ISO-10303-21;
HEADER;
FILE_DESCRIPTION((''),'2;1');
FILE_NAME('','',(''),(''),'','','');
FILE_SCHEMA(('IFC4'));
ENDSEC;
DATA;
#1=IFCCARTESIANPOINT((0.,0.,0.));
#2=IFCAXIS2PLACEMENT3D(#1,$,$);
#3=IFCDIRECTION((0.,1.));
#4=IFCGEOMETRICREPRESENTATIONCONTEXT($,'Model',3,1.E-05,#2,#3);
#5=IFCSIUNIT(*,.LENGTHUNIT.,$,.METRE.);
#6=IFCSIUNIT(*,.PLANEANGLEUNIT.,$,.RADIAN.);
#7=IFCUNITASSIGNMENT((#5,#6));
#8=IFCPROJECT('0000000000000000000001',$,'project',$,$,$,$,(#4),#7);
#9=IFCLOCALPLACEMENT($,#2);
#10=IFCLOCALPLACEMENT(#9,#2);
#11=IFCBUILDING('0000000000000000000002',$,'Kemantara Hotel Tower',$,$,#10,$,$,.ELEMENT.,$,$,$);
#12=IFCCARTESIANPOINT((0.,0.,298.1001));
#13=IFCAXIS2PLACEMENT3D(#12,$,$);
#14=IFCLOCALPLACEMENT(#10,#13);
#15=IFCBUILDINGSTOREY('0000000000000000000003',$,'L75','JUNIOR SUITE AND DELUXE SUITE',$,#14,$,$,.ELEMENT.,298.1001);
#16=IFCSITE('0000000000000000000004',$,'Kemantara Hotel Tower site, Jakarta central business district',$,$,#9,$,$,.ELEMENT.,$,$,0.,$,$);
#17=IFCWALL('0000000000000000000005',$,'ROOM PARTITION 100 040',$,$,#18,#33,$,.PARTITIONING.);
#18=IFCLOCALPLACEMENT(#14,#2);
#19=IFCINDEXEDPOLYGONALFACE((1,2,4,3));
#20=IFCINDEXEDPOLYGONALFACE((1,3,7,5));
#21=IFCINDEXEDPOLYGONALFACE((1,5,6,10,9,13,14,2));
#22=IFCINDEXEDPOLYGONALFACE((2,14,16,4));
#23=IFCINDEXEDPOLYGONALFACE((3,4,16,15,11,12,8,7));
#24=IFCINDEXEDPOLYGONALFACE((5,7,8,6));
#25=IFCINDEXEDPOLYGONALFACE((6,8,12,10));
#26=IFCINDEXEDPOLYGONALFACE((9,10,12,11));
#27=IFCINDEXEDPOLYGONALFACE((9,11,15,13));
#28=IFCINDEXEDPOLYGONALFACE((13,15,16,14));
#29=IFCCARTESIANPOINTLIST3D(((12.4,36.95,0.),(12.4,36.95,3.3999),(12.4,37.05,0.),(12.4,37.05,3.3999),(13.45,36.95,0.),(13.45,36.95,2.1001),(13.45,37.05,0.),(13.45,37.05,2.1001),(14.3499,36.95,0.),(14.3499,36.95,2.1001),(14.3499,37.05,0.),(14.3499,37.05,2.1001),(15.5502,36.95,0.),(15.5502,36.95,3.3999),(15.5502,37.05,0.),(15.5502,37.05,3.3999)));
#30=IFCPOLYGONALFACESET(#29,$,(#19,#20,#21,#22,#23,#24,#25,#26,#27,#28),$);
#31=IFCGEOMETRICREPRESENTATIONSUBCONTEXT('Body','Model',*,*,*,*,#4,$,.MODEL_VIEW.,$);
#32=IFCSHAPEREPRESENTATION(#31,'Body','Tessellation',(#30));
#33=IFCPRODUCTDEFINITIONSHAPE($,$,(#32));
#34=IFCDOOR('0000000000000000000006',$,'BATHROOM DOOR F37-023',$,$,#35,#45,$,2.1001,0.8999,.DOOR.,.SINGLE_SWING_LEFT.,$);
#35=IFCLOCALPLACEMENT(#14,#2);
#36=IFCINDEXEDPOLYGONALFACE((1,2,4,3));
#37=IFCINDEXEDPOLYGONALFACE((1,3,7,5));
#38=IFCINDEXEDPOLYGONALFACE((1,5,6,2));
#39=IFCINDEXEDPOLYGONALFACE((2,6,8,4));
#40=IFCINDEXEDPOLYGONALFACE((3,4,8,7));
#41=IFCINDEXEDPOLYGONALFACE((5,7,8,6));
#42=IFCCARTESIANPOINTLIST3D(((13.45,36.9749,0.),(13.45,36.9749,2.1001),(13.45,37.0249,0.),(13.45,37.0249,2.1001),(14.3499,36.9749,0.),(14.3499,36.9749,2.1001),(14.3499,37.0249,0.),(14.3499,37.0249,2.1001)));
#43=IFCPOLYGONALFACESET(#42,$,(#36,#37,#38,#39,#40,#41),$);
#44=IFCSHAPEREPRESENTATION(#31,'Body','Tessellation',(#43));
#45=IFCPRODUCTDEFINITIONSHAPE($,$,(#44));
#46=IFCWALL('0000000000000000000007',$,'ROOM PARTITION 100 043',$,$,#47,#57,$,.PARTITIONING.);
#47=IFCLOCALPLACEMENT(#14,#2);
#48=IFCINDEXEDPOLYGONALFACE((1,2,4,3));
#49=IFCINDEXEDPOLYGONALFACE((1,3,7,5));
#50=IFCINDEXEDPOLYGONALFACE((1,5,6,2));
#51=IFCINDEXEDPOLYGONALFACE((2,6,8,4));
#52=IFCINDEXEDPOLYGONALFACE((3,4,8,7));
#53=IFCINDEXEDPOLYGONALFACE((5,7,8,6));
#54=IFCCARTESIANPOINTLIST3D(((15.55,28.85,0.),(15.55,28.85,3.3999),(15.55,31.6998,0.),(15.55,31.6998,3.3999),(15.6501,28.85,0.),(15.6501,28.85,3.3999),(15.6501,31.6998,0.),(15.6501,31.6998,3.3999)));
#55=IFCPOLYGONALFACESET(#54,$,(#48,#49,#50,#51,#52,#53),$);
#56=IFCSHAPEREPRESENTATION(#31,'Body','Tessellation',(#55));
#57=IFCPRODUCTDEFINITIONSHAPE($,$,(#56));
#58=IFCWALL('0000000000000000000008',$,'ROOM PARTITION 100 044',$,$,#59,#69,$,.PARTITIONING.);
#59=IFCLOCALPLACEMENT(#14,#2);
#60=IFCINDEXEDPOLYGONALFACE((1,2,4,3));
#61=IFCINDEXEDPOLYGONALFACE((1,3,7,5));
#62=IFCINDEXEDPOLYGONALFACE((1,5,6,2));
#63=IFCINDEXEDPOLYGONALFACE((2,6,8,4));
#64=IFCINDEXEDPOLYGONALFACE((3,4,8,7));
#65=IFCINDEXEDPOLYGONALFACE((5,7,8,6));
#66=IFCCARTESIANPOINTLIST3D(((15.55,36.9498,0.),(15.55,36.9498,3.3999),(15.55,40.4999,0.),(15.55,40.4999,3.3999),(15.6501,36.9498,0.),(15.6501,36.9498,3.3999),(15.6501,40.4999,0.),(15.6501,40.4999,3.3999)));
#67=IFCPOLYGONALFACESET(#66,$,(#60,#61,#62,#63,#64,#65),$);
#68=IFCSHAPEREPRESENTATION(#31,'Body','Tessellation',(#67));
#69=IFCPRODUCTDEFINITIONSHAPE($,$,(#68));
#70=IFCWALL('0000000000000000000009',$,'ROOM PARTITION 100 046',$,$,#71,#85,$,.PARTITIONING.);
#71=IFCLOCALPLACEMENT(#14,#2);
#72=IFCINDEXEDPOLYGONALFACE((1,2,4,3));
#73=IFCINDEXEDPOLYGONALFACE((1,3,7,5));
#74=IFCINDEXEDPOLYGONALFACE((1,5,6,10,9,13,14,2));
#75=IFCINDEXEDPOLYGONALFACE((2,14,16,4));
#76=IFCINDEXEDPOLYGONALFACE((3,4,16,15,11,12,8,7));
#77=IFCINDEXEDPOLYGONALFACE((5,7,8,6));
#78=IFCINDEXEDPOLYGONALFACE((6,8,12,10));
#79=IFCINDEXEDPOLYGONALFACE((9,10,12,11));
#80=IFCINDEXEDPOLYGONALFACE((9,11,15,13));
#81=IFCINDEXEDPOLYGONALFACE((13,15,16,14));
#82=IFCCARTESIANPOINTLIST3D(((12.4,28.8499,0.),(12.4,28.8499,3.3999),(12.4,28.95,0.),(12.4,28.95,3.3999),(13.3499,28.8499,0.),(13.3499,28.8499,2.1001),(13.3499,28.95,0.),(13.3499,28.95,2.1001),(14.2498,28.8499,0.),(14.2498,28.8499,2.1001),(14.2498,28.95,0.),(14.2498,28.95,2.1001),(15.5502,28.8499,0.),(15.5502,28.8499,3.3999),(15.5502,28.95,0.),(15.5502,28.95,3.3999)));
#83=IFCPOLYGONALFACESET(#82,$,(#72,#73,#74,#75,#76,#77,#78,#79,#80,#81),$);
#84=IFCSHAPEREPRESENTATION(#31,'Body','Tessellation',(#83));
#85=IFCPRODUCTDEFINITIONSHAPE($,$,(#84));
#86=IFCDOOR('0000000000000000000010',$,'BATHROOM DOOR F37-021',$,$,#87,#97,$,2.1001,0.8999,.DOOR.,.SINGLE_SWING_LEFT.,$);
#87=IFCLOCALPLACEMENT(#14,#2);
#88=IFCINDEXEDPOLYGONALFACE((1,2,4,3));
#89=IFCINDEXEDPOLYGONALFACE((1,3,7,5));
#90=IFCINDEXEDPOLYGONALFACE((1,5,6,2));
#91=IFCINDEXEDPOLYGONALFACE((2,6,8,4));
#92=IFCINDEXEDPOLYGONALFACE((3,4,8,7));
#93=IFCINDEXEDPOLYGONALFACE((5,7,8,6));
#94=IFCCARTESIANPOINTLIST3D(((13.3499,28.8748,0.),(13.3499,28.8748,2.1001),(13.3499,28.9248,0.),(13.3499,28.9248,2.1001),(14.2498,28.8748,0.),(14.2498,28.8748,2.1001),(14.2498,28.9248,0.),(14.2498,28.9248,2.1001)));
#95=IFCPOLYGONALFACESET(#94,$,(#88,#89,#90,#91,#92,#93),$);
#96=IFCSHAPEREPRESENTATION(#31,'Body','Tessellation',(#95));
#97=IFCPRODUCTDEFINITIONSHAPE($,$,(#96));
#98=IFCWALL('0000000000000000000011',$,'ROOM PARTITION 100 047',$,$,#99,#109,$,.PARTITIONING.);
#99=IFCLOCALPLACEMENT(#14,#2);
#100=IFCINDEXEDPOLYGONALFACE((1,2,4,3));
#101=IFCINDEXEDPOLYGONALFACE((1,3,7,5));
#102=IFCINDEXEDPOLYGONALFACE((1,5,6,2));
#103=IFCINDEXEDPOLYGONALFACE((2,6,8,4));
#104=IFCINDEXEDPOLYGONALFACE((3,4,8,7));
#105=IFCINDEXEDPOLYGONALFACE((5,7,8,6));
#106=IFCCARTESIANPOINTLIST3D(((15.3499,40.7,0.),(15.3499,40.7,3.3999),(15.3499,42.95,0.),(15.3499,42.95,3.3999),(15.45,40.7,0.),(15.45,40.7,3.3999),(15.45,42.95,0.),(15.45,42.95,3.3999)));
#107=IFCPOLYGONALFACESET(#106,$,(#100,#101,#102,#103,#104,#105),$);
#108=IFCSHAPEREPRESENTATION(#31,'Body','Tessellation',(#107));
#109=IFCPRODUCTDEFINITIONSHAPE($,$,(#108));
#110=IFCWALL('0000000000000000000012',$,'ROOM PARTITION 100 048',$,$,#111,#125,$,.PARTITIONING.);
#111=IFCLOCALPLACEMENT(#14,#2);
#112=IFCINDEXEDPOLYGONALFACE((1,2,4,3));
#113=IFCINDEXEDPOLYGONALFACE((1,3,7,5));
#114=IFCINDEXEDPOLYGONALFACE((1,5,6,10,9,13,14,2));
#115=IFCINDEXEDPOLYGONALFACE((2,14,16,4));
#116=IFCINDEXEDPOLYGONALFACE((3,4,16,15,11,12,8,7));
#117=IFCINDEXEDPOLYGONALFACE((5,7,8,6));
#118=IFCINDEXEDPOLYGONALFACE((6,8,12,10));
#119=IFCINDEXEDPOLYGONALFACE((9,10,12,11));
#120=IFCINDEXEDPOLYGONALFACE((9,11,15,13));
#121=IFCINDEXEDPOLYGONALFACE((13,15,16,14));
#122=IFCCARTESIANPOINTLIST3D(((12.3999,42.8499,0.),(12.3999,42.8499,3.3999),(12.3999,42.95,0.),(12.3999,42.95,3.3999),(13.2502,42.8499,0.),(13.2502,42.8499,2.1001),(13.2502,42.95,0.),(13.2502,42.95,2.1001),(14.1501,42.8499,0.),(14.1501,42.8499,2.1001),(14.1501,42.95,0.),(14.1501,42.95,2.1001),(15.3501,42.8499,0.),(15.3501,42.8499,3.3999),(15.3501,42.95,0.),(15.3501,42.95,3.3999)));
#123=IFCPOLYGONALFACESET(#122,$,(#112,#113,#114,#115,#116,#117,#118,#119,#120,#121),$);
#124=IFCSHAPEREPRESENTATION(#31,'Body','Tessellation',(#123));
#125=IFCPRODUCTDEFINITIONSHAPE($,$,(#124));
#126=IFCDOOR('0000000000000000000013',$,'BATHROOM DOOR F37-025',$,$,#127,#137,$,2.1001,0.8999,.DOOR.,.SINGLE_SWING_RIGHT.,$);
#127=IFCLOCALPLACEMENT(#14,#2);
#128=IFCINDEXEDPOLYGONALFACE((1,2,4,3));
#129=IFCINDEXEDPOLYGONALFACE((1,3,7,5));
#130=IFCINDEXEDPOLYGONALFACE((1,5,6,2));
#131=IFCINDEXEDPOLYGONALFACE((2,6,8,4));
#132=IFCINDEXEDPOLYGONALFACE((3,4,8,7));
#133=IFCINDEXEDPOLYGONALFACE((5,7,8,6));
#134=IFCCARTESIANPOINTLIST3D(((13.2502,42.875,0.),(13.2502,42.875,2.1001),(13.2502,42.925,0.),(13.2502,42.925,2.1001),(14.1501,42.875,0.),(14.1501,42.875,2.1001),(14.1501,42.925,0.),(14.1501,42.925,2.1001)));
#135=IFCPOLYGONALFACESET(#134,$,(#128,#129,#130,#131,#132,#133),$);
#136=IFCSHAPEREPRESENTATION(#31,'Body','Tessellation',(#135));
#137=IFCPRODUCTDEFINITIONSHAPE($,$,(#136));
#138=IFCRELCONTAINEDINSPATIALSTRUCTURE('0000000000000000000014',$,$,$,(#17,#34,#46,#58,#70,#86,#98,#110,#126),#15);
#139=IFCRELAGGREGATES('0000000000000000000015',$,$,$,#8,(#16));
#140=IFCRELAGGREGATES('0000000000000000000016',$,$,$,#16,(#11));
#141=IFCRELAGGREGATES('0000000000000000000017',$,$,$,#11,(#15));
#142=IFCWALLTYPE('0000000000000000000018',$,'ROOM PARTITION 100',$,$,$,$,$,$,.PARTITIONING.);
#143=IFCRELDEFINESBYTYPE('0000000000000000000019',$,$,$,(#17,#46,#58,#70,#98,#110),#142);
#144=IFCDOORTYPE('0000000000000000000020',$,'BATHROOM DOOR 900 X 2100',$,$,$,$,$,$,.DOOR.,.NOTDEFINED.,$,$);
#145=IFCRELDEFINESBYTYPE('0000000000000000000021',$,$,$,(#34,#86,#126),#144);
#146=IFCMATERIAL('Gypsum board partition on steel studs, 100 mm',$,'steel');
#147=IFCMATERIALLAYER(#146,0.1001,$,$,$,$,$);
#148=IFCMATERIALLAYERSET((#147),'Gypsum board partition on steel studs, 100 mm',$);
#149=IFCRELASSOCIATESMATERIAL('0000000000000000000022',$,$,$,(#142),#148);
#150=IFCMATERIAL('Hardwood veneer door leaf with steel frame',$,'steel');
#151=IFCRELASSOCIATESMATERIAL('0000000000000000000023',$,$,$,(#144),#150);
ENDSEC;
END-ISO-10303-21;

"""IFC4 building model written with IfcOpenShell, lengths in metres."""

from ifc_helpers import new_model, si_unit, direction, frame, frame_2d, origin, place, context, subcontext, project, spatial, rectangle, extrude, material, layer, layer_set, type_object, element, fill, save


model = new_model("IFC4")

# Units and contexts
model_context = context("Model", 3, precision=1e-05, world=origin(), true_north=direction((0.0, 1.0)))
body_context = subcontext(model_context, "Body", "Model", "MODEL_VIEW")
ifc_project = project(units=[si_unit("LENGTHUNIT", "METRE"), si_unit("PLANEANGLEUNIT", "RADIAN")], contexts=[model_context])

# Site, building, storey
site_placement = place(None, origin())
site = spatial("IfcSite", under=ifc_project, at=site_placement, Name="Kemantara Hotel Tower site, Jakarta central business district", CompositionType="ELEMENT", RefElevation=0.0)
building_placement = place(site_placement, origin())
building = spatial("IfcBuilding", under=site, at=building_placement, Name="Kemantara Hotel Tower", CompositionType="ELEMENT")
storey_placement = place(building_placement, frame((0.0, 0.0, 298.1001)))
storey = spatial("IfcBuildingStorey", under=building, at=storey_placement, Name="L75", Description="JUNIOR SUITE AND DELUXE SUITE", CompositionType="ELEMENT", Elevation=298.1001)

# Shared definitions
ifc_material_1 = material(Name="Hardwood veneer door leaf with steel frame", Category="steel")

# Wall, opening, door
ifc_material_2 = material(Name="Gypsum board partition on steel studs, 100 mm", Category="steel")
ifc_layer_1 = layer(ifc_material_2, 0.1001)
ifc_layer_set_1 = layer_set([ifc_layer_1], Name="Gypsum board partition on steel studs, 100 mm")
wall_type_1 = type_object("IfcWallType", Name="ROOM PARTITION 100", PredefinedType="PARTITIONING", material=ifc_layer_set_1)
wall_1_placement = place(storey_placement, frame((12.3999, 37.0, 0.0), z_axis=(0.0, 0.0, 1.0), x_axis=(1.0, 0.0, 0.0)))
wall_1 = element("IfcWall", 1, at=wall_1_placement, inside=storey, type_object=wall_type_1, Name="ROOM PARTITION 100 040", PredefinedType="PARTITIONING", context=body_context, shape_type="SweptSolid", body=[
    extrude(rectangle(XDim=3.1501, YDim=0.1001, at=frame_2d((1.5752, 0.0))), origin(), (0.0, 0.0, 1.0), 3.3999),
])
opening_1_placement = place(wall_1_placement, frame((1.05, 0.0, 0.0)))
opening_1 = element("IfcOpeningElement", 2, at=opening_1_placement, cuts=wall_1, PredefinedType="OPENING", context=body_context, shape_type="SweptSolid", body=[
    extrude(rectangle(XDim=0.8999, YDim=2.1001, at=frame_2d((0.45, 1.05))), frame((0.0, 0.0601, 0.0), z_axis=(0.0, -1.0, 0.0), x_axis=(1.0, 0.0, 0.0)), (0.0, 0.0, 1.0), 0.1201),
])
door_type_1 = type_object("IfcDoorType", Name="BATHROOM DOOR 900 X 2100", OperationType="NOTDEFINED", PredefinedType="DOOR", material=ifc_material_1)
door_1_placement = place(opening_1_placement, origin())
door_1 = element("IfcDoor", 3, at=door_1_placement, inside=storey, type_object=door_type_1, Name="BATHROOM DOOR F37-023", OperationType="SINGLE_SWING_LEFT", OverallHeight=2.1001, OverallWidth=0.8999, PredefinedType="DOOR", context=body_context, shape_type="SweptSolid", body=[
    extrude(rectangle(XDim=0.8999, YDim=2.1001, at=frame_2d((0.45, 1.05))), frame((0.0, 0.0249, 0.0), z_axis=(0.0, -1.0, 0.0), x_axis=(1.0, 0.0, 0.0)), (0.0, 0.0, 1.0), 0.05),
])
fill(opening_1, door_1)

# Walls
wall_2_placement = place(storey_placement, frame((15.6001, 28.8501, 0.0), z_axis=(0.0, 0.0, 1.0), x_axis=(0.0, 1.0, 0.0)))
element("IfcWall", 4, at=wall_2_placement, inside=storey, type_object=wall_type_1, Name="ROOM PARTITION 100 043", PredefinedType="PARTITIONING", context=body_context, shape_type="SweptSolid", body=[
    extrude(rectangle(XDim=2.8499, YDim=0.1001, at=frame_2d((1.4248, 0.0))), origin(), (0.0, 0.0, 1.0), 3.3999),
])
wall_3_placement = place(storey_placement, frame((15.6001, 36.95, 0.0), z_axis=(0.0, 0.0, 1.0), x_axis=(0.0, 1.0, 0.0)))
element("IfcWall", 5, at=wall_3_placement, inside=storey, type_object=wall_type_1, Name="ROOM PARTITION 100 044", PredefinedType="PARTITIONING", context=body_context, shape_type="SweptSolid", body=[
    extrude(rectangle(XDim=3.55, YDim=0.1001, at=frame_2d((1.7749, 0.0))), origin(), (0.0, 0.0, 1.0), 3.3999),
])

# Wall, opening, door
wall_4_placement = place(storey_placement, frame((12.3999, 28.8999, 0.0), z_axis=(0.0, 0.0, 1.0), x_axis=(1.0, 0.0, 0.0)))
wall_4 = element("IfcWall", 6, at=wall_4_placement, inside=storey, type_object=wall_type_1, Name="ROOM PARTITION 100 046", PredefinedType="PARTITIONING", context=body_context, shape_type="SweptSolid", body=[
    extrude(rectangle(XDim=3.1501, YDim=0.1001, at=frame_2d((1.5752, 0.0))), origin(), (0.0, 0.0, 1.0), 3.3999),
])
opening_2_placement = place(wall_4_placement, frame((0.95, 0.0, 0.0)))
opening_2 = element("IfcOpeningElement", 7, at=opening_2_placement, cuts=wall_4, PredefinedType="OPENING", context=body_context, shape_type="SweptSolid", body=[
    extrude(rectangle(XDim=0.8999, YDim=2.1001, at=frame_2d((0.45, 1.05))), frame((0.0, 0.0601, 0.0), z_axis=(0.0, -1.0, 0.0), x_axis=(1.0, 0.0, 0.0)), (0.0, 0.0, 1.0), 0.1201),
])
door_2_placement = place(opening_2_placement, origin())
door_2 = element("IfcDoor", 8, at=door_2_placement, inside=storey, type_object=door_type_1, Name="BATHROOM DOOR F37-021", OperationType="SINGLE_SWING_LEFT", OverallHeight=2.1001, OverallWidth=0.8999, PredefinedType="DOOR", context=body_context, shape_type="SweptSolid", body=[
    extrude(rectangle(XDim=0.8999, YDim=2.1001, at=frame_2d((0.45, 1.05))), frame((0.0, 0.0249, 0.0), z_axis=(0.0, -1.0, 0.0), x_axis=(1.0, 0.0, 0.0)), (0.0, 0.0, 1.0), 0.05),
])
fill(opening_2, door_2)

# Wall
wall_5_placement = place(storey_placement, frame((15.3999, 40.7, 0.0), z_axis=(0.0, 0.0, 1.0), x_axis=(0.0, 1.0, 0.0)))
element("IfcWall", 9, at=wall_5_placement, inside=storey, type_object=wall_type_1, Name="ROOM PARTITION 100 047", PredefinedType="PARTITIONING", context=body_context, shape_type="SweptSolid", body=[
    extrude(rectangle(XDim=2.25, YDim=0.1001, at=frame_2d((1.125, 0.0))), origin(), (0.0, 0.0, 1.0), 3.3999),
])

# Wall, opening, door
wall_6_placement = place(storey_placement, frame((15.3501, 42.8999, 0.0), z_axis=(0.0, 0.0, 1.0), x_axis=(-1.0, 0.0, 0.0)))
wall_6 = element("IfcWall", 10, at=wall_6_placement, inside=storey, type_object=wall_type_1, Name="ROOM PARTITION 100 048", PredefinedType="PARTITIONING", context=body_context, shape_type="SweptSolid", body=[
    extrude(rectangle(XDim=2.9502, YDim=0.1001, at=frame_2d((1.4751, 0.0))), origin(), (0.0, 0.0, 1.0), 3.3999),
])
opening_3_placement = place(wall_6_placement, frame((1.2, 0.0, 0.0)))
opening_3 = element("IfcOpeningElement", 11, at=opening_3_placement, cuts=wall_6, PredefinedType="OPENING", context=body_context, shape_type="SweptSolid", body=[
    extrude(rectangle(XDim=0.8999, YDim=2.1001, at=frame_2d((0.45, 1.05))), frame((0.0, 0.0601, 0.0), z_axis=(0.0, -1.0, 0.0), x_axis=(1.0, 0.0, 0.0)), (0.0, 0.0, 1.0), 0.1201),
])
door_3_placement = place(opening_3_placement, origin())
door_3 = element("IfcDoor", 12, at=door_3_placement, inside=storey, type_object=door_type_1, Name="BATHROOM DOOR F37-025", OperationType="SINGLE_SWING_RIGHT", OverallHeight=2.1001, OverallWidth=0.8999, PredefinedType="DOOR", context=body_context, shape_type="SweptSolid", body=[
    extrude(rectangle(XDim=0.8999, YDim=2.1001, at=frame_2d((0.45, 1.05))), frame((0.0, 0.0249, 0.0), z_axis=(0.0, -1.0, 0.0), x_axis=(1.0, 0.0, 0.0)), (0.0, 0.0, 1.0), 0.05),
])
fill(opening_3, door_3)

save(model, "model.ifc")
